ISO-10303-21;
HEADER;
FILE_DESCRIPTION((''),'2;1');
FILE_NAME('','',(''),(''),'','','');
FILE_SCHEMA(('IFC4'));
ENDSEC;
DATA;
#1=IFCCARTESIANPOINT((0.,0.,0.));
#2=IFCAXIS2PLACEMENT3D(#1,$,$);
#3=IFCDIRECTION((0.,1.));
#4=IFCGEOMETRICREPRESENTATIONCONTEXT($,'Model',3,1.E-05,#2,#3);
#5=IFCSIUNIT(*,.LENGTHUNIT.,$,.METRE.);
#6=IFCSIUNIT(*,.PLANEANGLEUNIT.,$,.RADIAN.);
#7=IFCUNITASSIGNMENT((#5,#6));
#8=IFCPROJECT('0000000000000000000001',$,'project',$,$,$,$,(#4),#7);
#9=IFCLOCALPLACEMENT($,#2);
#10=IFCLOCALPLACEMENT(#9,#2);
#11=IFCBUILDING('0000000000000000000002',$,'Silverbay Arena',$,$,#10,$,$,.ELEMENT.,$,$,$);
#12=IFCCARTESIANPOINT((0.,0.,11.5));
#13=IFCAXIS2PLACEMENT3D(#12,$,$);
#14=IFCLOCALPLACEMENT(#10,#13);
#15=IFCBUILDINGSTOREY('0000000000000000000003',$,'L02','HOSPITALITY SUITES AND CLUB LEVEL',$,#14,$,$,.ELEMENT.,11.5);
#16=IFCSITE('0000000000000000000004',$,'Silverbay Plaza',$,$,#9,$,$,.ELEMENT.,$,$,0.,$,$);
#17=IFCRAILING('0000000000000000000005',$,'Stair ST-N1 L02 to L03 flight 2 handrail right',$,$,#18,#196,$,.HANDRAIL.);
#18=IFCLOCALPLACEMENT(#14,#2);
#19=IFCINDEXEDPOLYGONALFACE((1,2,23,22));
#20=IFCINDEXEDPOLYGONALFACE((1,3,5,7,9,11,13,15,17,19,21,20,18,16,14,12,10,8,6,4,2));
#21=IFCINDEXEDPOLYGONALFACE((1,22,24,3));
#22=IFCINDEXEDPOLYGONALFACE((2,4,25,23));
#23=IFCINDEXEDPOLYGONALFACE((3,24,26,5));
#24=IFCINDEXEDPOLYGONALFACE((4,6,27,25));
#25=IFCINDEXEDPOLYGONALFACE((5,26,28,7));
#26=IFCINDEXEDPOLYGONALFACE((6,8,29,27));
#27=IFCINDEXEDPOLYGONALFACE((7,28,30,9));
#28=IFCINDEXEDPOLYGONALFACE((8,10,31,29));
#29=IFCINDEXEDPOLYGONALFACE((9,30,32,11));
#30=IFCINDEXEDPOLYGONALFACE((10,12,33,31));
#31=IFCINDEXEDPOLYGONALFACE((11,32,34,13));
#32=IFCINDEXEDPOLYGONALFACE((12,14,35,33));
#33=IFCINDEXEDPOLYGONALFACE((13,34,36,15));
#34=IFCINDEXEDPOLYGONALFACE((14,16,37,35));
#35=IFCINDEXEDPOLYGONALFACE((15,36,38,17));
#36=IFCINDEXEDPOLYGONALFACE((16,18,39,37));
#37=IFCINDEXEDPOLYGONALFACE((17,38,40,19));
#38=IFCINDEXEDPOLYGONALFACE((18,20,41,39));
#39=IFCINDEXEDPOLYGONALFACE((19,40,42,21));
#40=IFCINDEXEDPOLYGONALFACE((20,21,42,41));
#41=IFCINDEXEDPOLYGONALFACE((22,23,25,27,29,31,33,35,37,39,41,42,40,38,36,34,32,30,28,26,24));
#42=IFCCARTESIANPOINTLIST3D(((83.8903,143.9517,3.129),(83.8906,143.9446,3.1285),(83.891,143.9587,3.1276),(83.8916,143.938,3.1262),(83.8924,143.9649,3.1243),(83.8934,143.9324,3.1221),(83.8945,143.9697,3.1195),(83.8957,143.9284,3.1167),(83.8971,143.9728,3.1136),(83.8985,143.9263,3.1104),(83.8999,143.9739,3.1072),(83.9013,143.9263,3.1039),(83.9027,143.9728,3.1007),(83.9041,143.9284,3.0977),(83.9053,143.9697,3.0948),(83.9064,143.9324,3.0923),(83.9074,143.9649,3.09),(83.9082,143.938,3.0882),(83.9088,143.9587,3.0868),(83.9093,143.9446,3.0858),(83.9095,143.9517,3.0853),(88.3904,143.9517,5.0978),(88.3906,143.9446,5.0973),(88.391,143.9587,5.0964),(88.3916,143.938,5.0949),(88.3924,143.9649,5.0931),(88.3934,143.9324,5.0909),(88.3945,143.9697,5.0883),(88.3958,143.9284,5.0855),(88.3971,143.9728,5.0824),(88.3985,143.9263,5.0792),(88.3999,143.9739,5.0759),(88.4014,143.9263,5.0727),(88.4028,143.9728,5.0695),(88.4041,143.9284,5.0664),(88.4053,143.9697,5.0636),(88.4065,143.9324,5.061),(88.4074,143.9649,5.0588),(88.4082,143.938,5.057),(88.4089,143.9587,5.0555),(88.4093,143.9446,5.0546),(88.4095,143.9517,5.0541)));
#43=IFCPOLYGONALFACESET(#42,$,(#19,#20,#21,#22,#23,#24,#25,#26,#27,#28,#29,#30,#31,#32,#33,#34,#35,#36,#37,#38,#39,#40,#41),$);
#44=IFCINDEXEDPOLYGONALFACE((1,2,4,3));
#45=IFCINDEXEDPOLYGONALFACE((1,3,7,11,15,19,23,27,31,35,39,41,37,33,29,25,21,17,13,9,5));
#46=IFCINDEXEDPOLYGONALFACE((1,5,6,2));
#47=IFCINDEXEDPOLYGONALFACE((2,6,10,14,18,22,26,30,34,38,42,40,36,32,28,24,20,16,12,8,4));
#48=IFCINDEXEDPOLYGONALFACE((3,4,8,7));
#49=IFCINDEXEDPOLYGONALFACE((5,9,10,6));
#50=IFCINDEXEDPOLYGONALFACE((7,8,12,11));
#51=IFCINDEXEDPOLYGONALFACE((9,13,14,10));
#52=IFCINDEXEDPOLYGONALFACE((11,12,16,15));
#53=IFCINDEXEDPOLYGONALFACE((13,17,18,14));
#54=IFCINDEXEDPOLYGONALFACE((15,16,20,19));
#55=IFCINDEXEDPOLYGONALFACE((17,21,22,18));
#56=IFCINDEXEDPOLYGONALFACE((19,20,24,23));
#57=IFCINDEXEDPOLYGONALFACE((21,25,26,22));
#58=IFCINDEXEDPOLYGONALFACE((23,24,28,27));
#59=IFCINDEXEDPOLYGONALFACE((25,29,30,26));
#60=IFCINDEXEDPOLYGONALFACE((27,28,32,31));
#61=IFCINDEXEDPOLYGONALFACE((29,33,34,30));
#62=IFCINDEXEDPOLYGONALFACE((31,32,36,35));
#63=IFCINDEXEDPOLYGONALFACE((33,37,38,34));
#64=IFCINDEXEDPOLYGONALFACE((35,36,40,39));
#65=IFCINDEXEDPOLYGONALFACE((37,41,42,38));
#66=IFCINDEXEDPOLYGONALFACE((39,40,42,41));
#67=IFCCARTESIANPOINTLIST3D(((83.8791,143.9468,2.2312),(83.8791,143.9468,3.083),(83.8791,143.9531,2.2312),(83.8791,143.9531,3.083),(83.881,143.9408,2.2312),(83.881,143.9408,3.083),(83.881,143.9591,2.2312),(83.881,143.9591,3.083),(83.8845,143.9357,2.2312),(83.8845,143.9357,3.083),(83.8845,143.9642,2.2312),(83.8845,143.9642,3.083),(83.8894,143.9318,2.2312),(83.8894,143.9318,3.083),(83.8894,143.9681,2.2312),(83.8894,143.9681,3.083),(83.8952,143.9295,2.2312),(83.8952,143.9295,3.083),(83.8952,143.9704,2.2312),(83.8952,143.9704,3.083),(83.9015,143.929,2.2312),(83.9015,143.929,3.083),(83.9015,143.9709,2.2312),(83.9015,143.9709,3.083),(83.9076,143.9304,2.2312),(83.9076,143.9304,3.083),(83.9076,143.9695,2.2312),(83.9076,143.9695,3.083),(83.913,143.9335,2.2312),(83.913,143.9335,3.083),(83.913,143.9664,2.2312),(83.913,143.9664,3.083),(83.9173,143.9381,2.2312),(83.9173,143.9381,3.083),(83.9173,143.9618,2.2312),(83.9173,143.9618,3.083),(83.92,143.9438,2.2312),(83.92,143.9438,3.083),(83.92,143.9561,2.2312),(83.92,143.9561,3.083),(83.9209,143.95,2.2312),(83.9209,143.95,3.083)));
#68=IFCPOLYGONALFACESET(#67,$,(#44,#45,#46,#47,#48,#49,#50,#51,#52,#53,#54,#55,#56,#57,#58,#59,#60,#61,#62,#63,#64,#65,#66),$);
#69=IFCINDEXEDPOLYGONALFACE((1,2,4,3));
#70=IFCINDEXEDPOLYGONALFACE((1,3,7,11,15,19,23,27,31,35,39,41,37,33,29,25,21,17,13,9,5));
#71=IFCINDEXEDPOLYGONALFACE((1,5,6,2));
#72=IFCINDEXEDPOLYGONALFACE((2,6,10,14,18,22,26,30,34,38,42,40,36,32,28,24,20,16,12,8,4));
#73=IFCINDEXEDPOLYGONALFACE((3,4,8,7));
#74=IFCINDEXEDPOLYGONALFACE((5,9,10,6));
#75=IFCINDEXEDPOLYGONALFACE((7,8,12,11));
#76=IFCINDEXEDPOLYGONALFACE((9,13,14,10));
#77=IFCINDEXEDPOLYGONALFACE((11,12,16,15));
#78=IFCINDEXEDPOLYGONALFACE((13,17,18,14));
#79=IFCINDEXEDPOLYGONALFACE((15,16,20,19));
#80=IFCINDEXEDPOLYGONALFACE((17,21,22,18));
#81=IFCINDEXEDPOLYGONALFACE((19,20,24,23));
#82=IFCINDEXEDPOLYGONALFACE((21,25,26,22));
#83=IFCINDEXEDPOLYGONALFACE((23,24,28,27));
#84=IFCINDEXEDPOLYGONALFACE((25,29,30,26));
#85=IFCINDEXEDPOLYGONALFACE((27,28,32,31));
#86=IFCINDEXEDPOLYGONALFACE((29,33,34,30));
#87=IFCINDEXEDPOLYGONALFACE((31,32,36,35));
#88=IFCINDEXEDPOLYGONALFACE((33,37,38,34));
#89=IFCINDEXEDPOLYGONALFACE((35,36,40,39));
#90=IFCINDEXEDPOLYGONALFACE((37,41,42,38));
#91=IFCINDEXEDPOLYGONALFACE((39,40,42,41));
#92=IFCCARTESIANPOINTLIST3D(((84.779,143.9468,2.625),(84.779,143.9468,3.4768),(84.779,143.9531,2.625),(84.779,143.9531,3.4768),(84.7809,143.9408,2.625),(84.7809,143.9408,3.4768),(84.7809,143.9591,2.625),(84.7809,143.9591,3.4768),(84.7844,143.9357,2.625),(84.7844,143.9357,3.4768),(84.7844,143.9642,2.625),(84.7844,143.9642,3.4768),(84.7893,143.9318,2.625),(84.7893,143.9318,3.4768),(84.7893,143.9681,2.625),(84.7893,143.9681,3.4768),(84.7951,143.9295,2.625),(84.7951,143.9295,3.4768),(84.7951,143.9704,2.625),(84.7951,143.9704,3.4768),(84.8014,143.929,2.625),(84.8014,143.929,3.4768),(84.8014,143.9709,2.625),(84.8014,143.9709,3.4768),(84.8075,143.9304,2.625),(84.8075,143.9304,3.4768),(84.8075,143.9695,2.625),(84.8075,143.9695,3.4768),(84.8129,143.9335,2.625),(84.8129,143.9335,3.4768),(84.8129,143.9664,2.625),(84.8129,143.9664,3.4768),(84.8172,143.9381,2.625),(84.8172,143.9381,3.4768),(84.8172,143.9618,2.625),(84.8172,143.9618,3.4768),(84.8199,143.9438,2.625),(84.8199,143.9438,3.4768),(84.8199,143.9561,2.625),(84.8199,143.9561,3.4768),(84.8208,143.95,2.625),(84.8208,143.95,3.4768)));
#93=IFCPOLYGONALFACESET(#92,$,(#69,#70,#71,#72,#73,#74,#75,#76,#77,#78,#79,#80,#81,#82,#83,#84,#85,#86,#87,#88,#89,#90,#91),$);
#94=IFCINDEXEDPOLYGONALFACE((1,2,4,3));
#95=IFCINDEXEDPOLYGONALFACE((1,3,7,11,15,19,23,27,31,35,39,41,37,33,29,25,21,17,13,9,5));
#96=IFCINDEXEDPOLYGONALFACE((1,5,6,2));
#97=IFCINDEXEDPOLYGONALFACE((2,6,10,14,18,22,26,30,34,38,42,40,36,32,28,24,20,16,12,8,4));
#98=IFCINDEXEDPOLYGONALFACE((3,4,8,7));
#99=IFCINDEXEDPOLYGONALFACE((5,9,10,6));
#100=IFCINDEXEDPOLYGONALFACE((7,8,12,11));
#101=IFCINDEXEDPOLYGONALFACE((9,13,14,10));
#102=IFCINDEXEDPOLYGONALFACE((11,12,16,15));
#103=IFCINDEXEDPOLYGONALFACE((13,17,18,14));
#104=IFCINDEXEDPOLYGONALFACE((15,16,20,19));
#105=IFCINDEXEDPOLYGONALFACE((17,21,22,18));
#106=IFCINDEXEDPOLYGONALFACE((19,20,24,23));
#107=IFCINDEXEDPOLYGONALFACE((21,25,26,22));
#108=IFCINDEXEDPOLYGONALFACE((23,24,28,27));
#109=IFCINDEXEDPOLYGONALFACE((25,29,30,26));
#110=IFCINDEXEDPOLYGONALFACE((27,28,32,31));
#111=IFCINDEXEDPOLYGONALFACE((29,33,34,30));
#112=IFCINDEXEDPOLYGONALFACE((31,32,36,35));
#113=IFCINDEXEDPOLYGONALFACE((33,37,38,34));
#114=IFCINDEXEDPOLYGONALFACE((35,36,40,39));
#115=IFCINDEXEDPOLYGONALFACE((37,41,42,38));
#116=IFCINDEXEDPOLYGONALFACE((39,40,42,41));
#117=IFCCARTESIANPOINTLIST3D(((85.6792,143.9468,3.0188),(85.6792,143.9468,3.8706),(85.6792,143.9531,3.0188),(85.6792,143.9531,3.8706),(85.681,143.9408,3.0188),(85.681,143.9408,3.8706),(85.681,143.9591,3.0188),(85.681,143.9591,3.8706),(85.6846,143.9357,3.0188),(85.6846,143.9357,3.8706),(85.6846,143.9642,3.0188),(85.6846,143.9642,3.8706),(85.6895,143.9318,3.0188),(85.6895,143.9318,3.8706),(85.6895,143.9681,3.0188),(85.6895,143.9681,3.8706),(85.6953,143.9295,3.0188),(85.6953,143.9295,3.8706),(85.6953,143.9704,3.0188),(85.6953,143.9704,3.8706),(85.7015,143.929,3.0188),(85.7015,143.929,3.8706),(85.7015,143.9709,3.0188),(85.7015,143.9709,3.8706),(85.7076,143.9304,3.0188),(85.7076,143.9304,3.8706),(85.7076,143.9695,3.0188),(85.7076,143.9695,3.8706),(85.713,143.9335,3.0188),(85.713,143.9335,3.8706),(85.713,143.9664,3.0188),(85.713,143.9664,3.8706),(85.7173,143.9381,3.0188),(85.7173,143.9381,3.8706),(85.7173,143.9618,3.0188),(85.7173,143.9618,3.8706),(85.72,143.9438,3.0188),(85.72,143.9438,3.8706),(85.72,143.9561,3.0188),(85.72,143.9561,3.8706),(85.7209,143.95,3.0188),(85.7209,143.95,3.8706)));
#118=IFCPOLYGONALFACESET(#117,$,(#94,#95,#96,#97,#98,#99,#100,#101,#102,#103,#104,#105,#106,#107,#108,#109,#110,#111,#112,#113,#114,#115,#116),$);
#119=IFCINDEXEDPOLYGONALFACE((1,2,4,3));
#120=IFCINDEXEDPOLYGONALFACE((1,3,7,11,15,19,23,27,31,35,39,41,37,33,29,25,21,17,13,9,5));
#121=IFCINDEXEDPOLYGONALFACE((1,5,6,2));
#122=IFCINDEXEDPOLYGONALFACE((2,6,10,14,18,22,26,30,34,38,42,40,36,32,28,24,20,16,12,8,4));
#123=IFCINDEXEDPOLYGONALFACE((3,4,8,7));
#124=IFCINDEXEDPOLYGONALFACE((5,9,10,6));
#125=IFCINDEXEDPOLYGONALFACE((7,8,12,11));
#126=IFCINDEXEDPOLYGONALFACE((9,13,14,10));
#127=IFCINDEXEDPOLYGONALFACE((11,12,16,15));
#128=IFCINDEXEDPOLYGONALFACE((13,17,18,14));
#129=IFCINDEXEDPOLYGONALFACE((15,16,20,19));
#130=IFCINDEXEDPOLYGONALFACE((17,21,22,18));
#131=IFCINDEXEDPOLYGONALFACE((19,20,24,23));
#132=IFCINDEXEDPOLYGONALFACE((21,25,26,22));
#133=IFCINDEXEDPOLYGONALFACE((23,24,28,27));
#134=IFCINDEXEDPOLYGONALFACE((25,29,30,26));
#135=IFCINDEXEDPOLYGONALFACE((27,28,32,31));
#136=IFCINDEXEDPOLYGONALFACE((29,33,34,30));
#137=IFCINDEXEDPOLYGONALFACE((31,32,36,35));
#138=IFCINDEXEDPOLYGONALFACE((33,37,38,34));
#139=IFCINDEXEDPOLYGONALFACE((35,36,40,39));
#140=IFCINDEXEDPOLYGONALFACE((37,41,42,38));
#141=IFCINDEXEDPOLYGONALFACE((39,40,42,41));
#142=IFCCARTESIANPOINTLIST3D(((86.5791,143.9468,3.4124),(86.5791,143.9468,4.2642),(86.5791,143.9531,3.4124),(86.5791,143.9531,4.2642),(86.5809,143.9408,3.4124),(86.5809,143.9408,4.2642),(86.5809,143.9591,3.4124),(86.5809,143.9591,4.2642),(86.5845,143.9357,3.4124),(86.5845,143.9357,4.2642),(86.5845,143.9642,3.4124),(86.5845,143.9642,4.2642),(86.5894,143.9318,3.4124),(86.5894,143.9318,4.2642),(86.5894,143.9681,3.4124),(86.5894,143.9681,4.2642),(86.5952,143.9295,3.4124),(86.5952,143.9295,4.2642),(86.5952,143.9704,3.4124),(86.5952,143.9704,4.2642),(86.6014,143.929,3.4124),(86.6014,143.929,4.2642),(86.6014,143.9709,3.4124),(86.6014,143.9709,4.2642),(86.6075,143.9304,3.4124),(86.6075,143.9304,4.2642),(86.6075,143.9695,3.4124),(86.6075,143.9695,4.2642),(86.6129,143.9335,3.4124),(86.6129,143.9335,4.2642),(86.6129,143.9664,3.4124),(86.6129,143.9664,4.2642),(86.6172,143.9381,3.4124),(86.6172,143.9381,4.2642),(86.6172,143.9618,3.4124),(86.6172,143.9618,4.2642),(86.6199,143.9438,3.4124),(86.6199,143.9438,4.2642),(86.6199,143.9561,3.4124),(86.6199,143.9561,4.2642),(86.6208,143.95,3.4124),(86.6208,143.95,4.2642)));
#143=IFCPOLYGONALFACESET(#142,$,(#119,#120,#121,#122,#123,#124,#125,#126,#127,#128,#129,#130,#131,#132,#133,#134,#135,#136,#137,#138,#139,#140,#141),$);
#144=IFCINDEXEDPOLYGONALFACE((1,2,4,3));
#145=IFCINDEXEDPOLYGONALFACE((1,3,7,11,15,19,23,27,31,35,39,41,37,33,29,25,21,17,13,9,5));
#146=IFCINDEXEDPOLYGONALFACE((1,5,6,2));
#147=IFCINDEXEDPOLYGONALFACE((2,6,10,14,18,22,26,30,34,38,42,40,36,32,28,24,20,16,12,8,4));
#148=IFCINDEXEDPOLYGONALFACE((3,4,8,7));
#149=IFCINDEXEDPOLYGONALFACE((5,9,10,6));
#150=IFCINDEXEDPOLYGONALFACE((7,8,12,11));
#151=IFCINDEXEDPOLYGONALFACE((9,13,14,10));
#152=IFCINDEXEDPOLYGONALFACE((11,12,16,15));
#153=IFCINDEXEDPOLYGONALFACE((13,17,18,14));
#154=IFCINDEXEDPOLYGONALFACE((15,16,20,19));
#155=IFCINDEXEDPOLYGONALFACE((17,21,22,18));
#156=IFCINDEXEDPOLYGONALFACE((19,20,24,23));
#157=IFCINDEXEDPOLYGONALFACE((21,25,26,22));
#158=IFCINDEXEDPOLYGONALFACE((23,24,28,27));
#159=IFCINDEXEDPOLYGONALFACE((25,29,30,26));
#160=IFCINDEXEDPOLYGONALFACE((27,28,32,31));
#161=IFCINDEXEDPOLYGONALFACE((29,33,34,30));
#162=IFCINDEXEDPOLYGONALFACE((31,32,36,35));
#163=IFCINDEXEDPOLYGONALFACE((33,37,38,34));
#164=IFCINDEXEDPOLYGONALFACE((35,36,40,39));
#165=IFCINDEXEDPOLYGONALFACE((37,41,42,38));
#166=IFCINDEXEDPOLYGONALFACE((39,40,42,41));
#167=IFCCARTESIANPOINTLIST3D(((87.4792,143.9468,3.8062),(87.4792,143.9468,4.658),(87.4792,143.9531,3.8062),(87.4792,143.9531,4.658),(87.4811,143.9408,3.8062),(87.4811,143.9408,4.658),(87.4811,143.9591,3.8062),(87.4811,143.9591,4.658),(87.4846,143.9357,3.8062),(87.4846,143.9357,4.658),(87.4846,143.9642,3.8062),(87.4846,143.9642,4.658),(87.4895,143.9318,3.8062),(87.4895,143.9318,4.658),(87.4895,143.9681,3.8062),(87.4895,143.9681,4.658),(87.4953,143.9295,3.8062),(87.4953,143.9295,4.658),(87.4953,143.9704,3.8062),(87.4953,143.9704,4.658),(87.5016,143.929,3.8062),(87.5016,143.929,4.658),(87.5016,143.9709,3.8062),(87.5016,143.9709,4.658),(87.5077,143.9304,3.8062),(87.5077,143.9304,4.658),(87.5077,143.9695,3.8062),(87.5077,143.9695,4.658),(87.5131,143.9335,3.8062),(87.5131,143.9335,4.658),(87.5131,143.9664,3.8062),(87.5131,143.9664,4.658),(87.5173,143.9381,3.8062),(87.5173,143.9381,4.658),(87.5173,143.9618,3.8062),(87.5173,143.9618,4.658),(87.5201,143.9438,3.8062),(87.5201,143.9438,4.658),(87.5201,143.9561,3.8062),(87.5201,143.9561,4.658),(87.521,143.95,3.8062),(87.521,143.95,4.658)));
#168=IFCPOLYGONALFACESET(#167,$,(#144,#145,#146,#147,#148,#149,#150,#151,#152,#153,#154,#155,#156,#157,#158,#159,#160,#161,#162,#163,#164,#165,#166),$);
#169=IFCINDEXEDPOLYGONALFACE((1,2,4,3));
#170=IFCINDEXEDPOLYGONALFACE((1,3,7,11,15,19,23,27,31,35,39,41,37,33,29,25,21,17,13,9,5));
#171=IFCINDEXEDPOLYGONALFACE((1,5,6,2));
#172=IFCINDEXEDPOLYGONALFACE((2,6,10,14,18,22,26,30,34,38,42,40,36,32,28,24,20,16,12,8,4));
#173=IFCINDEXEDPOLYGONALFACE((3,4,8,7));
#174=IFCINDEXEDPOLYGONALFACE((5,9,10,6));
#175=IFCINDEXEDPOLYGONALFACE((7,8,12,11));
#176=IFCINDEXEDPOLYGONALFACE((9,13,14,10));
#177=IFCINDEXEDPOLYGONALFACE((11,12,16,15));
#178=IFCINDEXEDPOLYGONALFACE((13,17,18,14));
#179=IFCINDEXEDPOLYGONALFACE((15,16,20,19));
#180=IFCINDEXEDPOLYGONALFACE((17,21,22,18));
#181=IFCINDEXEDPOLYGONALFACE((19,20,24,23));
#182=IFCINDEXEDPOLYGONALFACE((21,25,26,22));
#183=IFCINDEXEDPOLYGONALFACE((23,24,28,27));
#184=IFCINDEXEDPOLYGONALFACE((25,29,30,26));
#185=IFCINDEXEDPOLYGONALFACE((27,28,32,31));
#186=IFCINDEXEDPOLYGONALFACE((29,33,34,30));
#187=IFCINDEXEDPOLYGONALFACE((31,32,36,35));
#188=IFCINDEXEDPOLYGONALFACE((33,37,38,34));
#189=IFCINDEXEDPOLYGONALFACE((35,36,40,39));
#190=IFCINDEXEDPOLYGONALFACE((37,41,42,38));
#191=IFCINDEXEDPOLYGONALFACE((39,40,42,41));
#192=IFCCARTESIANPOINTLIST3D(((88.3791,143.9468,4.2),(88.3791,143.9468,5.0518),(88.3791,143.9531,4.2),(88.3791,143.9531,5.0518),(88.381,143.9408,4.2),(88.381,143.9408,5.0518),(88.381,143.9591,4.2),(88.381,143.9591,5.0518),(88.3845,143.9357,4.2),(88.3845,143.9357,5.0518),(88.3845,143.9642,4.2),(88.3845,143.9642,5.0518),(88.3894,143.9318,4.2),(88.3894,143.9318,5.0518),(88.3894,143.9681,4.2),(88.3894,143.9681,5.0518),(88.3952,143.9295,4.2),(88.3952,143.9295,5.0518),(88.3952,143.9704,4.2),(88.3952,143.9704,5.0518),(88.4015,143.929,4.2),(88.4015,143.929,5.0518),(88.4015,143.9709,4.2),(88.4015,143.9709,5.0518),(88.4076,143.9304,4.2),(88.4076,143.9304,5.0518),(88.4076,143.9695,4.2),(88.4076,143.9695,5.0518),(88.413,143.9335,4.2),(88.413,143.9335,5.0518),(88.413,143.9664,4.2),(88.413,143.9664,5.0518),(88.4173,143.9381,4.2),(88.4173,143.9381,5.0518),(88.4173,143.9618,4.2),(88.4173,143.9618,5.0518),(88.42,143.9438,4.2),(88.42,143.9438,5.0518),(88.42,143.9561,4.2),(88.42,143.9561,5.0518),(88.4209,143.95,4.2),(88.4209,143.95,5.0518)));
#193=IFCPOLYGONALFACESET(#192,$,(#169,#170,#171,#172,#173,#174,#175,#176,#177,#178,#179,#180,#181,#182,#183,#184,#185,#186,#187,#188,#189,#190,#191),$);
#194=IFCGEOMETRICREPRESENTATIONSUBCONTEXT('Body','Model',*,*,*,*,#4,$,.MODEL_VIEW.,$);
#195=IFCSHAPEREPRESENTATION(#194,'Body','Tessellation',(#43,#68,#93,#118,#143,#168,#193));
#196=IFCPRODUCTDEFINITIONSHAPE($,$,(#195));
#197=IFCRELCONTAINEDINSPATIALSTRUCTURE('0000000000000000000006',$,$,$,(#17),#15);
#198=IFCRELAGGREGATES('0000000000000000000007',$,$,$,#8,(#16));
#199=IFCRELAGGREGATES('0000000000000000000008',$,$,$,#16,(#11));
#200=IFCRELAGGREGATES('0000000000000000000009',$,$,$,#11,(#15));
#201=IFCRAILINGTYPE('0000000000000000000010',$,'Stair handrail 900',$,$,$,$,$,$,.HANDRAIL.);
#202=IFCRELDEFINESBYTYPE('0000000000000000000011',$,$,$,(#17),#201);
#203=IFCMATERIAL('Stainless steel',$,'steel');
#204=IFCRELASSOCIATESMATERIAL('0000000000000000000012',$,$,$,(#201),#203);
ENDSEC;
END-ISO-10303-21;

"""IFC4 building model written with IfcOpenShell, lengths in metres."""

from ifc_helpers import new_model, si_unit, direction, frame, origin, origin_2d, place, context, subcontext, project, spatial, circle, extrude, material, type_object, element, save


model = new_model("IFC4")

# Units and contexts
model_context = context("Model", 3, precision=1e-05, world=origin(), true_north=direction((0.0, 1.0)))
body_context = subcontext(model_context, "Body", "Model", "MODEL_VIEW")
ifc_project = project(units=[si_unit("LENGTHUNIT", "METRE"), si_unit("PLANEANGLEUNIT", "RADIAN")], contexts=[model_context])

# Site, building, storey
site_placement = place(None, origin())
site = spatial("IfcSite", under=ifc_project, at=site_placement, Name="Silverbay Plaza", CompositionType="ELEMENT", RefElevation=0.0)
building_placement = place(site_placement, origin())
building = spatial("IfcBuilding", under=site, at=building_placement, Name="Silverbay Arena", CompositionType="ELEMENT")
storey_placement = place(building_placement, frame((0.0, 0.0, 11.5)))
storey = spatial("IfcBuildingStorey", under=building, at=storey_placement, Name="L02", Description="HOSPITALITY SUITES AND CLUB LEVEL", CompositionType="ELEMENT", Elevation=11.5)

# Railing
ifc_material_1 = material(Name="Stainless steel", Category="steel")
railing_type_1 = type_object("IfcRailingType", Name="Stair handrail 900", PredefinedType="HANDRAIL", material=ifc_material_1)
for number, where, name in (
    (1, (83.8999, 143.95, 2.2312), "Stair ST-N1 L02 to L03 flight 2 handrail right"),
):
    element("IfcRailing", number, at=place(storey_placement, frame(where)), inside=storey, type_object=railing_type_1, Name=name, PredefinedType="HANDRAIL", context=body_context, shape_type="SweptSolid", body=[
        extrude(circle(Radius=0.0239, at=origin_2d()), frame((0.0, 0.0, 0.876), z_axis=(0.916157, 0.0, 0.400819), x_axis=(0.0, 1.0, 0.0)), (0.0, 0.0, 1.0), 4.9119),
        extrude(circle(Radius=0.021, at=origin_2d()), origin(), (0.0, 0.0, 1.0), 0.8518),
        extrude(circle(Radius=0.021, at=origin_2d()), frame((0.8999, 0.0, 0.3938)), (0.0, 0.0, 1.0), 0.8518),
        extrude(circle(Radius=0.021, at=origin_2d()), frame((1.8, 0.0, 0.7876)), (0.0, 0.0, 1.0), 0.8518),
        extrude(circle(Radius=0.021, at=origin_2d()), frame((2.7, 0.0, 1.1812)), (0.0, 0.0, 1.0), 0.8518),
        extrude(circle(Radius=0.021, at=origin_2d()), frame((3.6001, 0.0, 1.575)), (0.0, 0.0, 1.0), 0.8518),
        extrude(circle(Radius=0.021, at=origin_2d()), frame((4.5, 0.0, 1.9688)), (0.0, 0.0, 1.0), 0.8518),
    ])

save(model, "model.ifc")
